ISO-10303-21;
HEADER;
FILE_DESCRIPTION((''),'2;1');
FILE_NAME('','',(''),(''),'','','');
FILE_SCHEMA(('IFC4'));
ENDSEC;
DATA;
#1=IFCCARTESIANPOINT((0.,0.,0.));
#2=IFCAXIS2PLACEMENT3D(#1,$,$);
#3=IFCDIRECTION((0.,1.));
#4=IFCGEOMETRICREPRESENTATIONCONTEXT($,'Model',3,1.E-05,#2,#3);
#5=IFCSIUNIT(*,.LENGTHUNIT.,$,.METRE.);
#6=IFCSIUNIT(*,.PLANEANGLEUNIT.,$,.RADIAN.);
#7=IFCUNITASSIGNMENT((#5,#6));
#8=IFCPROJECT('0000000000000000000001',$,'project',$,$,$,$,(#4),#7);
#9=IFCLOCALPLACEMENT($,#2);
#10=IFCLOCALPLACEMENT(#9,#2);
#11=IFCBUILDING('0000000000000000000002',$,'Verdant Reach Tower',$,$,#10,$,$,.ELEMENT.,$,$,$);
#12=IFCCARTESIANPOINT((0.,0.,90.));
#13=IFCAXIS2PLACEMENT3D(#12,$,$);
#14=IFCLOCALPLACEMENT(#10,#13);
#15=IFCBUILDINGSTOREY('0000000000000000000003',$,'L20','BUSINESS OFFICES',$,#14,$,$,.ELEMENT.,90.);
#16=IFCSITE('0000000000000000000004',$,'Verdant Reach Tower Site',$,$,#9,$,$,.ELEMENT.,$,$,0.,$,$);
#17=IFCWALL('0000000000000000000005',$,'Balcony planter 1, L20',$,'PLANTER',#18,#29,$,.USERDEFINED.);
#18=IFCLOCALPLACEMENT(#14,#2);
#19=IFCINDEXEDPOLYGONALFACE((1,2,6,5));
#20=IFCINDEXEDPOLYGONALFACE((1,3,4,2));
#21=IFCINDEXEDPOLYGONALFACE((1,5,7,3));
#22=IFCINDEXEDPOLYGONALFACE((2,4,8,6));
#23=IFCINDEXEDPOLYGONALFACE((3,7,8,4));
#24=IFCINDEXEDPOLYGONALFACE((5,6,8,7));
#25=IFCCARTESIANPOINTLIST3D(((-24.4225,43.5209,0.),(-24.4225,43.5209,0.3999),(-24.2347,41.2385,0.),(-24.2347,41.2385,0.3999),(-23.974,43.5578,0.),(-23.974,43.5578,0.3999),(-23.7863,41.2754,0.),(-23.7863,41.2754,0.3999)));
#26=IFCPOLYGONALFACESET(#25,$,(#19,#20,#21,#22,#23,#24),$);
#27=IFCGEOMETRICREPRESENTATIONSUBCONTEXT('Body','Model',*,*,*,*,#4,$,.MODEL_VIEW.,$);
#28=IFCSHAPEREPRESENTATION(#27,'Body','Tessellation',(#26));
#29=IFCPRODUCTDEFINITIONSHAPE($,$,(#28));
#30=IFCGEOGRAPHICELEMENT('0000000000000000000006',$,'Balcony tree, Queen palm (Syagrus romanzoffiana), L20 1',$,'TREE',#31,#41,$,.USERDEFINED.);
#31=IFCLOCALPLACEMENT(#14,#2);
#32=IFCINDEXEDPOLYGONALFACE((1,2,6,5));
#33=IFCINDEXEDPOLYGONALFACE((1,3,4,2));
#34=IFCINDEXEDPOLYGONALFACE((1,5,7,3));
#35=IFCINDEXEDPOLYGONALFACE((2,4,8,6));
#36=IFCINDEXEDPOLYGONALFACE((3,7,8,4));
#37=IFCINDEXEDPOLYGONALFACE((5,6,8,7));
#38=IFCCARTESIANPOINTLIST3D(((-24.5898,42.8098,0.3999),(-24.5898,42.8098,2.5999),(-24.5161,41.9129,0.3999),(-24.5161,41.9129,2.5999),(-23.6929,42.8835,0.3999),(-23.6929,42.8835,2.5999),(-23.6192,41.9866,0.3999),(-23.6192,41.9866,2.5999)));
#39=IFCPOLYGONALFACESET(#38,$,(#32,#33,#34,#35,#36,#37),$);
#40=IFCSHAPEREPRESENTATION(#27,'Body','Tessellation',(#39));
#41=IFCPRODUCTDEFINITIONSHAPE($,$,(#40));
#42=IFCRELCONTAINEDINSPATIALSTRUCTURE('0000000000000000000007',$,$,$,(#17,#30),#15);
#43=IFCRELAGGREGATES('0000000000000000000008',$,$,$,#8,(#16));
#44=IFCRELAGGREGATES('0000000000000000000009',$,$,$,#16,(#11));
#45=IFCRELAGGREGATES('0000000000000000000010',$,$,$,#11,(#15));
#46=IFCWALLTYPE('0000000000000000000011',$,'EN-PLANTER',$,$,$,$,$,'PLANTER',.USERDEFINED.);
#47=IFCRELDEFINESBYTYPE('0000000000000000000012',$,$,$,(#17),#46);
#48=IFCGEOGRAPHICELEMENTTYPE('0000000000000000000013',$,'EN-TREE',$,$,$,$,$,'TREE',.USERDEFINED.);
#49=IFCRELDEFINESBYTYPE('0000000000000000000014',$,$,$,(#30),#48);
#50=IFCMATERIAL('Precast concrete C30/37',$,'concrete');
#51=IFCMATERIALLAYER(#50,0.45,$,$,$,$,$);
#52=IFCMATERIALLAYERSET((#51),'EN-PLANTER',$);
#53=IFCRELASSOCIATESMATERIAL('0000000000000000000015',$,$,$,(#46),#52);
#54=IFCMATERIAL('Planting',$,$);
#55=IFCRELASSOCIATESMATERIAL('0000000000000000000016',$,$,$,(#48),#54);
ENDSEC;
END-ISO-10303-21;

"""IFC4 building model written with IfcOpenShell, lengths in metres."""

from ifc_helpers import new_model, si_unit, direction, frame, frame_2d, origin, origin_2d, place, context, subcontext, project, spatial, rectangle, extrude, material, layer, layer_set, type_object, element, save


model = new_model("IFC4")

# Units and contexts
model_context = context("Model", 3, precision=1e-05, world=origin(), true_north=direction((0.0, 1.0)))
body_context = subcontext(model_context, "Body", "Model", "MODEL_VIEW")
ifc_project = project(units=[si_unit("LENGTHUNIT", "METRE"), si_unit("PLANEANGLEUNIT", "RADIAN")], contexts=[model_context])

# Site, building, storey
site_placement = place(None, origin())
site = spatial("IfcSite", under=ifc_project, at=site_placement, Name="Verdant Reach Tower Site", CompositionType="ELEMENT", RefElevation=0.0)
building_placement = place(site_placement, origin())
building = spatial("IfcBuilding", under=site, at=building_placement, Name="Verdant Reach Tower", CompositionType="ELEMENT")
storey_placement = place(building_placement, frame((0.0, 0.0, 90.0)))
storey = spatial("IfcBuildingStorey", under=building, at=storey_placement, Name="L20", Description="BUSINESS OFFICES", CompositionType="ELEMENT", Elevation=90.0)

# Wall
ifc_material_1 = material(Name="Precast concrete C30/37", Category="concrete")
ifc_layer_1 = layer(ifc_material_1, 0.45)
ifc_layer_set_1 = layer_set([ifc_layer_1], Name="EN-PLANTER")
wall_type_1 = type_object("IfcWallType", Name="EN-PLANTER", ElementType="PLANTER", PredefinedType="USERDEFINED", material=ifc_layer_set_1)
wall_1_placement = place(storey_placement, frame((-24.1982, 43.5393, 0.0), z_axis=(0.0, 0.0, 1.0), x_axis=(0.081987, -0.996633, 0.0)))
element("IfcWall", 1, at=wall_1_placement, inside=storey, type_object=wall_type_1, Name="Balcony planter 1, L20", ObjectType="PLANTER", PredefinedType="USERDEFINED", context=body_context, shape_type="SweptSolid", body=[
    extrude(rectangle(XDim=2.29, YDim=0.45, at=frame_2d((1.145, 0.0))), origin(), (0.0, 0.0, 1.0), 0.3999),
])

# Geographic element
ifc_material_2 = material(Name="Planting")
geographic_element_type = type_object("IfcGeographicElementType", Name="EN-TREE", ElementType="TREE", PredefinedType="USERDEFINED", material=ifc_material_2)
geographic_element_placement = place(storey_placement, frame((-24.1045, 42.3982, 0.3999), z_axis=(0.0, 0.0, 1.0), x_axis=(0.081916, -0.996639, 0.0)))
element("IfcGeographicElement", 2, at=geographic_element_placement, inside=storey, type_object=geographic_element_type, Name="Balcony tree, Queen palm (Syagrus romanzoffiana), L20 1", ObjectType="TREE", PredefinedType="USERDEFINED", context=body_context, shape_type="SweptSolid", body=[
    extrude(rectangle(XDim=0.8999, YDim=0.8999, at=origin_2d()), origin(), (0.0, 0.0, 1.0), 2.2),
])

save(model, "model.ifc")
